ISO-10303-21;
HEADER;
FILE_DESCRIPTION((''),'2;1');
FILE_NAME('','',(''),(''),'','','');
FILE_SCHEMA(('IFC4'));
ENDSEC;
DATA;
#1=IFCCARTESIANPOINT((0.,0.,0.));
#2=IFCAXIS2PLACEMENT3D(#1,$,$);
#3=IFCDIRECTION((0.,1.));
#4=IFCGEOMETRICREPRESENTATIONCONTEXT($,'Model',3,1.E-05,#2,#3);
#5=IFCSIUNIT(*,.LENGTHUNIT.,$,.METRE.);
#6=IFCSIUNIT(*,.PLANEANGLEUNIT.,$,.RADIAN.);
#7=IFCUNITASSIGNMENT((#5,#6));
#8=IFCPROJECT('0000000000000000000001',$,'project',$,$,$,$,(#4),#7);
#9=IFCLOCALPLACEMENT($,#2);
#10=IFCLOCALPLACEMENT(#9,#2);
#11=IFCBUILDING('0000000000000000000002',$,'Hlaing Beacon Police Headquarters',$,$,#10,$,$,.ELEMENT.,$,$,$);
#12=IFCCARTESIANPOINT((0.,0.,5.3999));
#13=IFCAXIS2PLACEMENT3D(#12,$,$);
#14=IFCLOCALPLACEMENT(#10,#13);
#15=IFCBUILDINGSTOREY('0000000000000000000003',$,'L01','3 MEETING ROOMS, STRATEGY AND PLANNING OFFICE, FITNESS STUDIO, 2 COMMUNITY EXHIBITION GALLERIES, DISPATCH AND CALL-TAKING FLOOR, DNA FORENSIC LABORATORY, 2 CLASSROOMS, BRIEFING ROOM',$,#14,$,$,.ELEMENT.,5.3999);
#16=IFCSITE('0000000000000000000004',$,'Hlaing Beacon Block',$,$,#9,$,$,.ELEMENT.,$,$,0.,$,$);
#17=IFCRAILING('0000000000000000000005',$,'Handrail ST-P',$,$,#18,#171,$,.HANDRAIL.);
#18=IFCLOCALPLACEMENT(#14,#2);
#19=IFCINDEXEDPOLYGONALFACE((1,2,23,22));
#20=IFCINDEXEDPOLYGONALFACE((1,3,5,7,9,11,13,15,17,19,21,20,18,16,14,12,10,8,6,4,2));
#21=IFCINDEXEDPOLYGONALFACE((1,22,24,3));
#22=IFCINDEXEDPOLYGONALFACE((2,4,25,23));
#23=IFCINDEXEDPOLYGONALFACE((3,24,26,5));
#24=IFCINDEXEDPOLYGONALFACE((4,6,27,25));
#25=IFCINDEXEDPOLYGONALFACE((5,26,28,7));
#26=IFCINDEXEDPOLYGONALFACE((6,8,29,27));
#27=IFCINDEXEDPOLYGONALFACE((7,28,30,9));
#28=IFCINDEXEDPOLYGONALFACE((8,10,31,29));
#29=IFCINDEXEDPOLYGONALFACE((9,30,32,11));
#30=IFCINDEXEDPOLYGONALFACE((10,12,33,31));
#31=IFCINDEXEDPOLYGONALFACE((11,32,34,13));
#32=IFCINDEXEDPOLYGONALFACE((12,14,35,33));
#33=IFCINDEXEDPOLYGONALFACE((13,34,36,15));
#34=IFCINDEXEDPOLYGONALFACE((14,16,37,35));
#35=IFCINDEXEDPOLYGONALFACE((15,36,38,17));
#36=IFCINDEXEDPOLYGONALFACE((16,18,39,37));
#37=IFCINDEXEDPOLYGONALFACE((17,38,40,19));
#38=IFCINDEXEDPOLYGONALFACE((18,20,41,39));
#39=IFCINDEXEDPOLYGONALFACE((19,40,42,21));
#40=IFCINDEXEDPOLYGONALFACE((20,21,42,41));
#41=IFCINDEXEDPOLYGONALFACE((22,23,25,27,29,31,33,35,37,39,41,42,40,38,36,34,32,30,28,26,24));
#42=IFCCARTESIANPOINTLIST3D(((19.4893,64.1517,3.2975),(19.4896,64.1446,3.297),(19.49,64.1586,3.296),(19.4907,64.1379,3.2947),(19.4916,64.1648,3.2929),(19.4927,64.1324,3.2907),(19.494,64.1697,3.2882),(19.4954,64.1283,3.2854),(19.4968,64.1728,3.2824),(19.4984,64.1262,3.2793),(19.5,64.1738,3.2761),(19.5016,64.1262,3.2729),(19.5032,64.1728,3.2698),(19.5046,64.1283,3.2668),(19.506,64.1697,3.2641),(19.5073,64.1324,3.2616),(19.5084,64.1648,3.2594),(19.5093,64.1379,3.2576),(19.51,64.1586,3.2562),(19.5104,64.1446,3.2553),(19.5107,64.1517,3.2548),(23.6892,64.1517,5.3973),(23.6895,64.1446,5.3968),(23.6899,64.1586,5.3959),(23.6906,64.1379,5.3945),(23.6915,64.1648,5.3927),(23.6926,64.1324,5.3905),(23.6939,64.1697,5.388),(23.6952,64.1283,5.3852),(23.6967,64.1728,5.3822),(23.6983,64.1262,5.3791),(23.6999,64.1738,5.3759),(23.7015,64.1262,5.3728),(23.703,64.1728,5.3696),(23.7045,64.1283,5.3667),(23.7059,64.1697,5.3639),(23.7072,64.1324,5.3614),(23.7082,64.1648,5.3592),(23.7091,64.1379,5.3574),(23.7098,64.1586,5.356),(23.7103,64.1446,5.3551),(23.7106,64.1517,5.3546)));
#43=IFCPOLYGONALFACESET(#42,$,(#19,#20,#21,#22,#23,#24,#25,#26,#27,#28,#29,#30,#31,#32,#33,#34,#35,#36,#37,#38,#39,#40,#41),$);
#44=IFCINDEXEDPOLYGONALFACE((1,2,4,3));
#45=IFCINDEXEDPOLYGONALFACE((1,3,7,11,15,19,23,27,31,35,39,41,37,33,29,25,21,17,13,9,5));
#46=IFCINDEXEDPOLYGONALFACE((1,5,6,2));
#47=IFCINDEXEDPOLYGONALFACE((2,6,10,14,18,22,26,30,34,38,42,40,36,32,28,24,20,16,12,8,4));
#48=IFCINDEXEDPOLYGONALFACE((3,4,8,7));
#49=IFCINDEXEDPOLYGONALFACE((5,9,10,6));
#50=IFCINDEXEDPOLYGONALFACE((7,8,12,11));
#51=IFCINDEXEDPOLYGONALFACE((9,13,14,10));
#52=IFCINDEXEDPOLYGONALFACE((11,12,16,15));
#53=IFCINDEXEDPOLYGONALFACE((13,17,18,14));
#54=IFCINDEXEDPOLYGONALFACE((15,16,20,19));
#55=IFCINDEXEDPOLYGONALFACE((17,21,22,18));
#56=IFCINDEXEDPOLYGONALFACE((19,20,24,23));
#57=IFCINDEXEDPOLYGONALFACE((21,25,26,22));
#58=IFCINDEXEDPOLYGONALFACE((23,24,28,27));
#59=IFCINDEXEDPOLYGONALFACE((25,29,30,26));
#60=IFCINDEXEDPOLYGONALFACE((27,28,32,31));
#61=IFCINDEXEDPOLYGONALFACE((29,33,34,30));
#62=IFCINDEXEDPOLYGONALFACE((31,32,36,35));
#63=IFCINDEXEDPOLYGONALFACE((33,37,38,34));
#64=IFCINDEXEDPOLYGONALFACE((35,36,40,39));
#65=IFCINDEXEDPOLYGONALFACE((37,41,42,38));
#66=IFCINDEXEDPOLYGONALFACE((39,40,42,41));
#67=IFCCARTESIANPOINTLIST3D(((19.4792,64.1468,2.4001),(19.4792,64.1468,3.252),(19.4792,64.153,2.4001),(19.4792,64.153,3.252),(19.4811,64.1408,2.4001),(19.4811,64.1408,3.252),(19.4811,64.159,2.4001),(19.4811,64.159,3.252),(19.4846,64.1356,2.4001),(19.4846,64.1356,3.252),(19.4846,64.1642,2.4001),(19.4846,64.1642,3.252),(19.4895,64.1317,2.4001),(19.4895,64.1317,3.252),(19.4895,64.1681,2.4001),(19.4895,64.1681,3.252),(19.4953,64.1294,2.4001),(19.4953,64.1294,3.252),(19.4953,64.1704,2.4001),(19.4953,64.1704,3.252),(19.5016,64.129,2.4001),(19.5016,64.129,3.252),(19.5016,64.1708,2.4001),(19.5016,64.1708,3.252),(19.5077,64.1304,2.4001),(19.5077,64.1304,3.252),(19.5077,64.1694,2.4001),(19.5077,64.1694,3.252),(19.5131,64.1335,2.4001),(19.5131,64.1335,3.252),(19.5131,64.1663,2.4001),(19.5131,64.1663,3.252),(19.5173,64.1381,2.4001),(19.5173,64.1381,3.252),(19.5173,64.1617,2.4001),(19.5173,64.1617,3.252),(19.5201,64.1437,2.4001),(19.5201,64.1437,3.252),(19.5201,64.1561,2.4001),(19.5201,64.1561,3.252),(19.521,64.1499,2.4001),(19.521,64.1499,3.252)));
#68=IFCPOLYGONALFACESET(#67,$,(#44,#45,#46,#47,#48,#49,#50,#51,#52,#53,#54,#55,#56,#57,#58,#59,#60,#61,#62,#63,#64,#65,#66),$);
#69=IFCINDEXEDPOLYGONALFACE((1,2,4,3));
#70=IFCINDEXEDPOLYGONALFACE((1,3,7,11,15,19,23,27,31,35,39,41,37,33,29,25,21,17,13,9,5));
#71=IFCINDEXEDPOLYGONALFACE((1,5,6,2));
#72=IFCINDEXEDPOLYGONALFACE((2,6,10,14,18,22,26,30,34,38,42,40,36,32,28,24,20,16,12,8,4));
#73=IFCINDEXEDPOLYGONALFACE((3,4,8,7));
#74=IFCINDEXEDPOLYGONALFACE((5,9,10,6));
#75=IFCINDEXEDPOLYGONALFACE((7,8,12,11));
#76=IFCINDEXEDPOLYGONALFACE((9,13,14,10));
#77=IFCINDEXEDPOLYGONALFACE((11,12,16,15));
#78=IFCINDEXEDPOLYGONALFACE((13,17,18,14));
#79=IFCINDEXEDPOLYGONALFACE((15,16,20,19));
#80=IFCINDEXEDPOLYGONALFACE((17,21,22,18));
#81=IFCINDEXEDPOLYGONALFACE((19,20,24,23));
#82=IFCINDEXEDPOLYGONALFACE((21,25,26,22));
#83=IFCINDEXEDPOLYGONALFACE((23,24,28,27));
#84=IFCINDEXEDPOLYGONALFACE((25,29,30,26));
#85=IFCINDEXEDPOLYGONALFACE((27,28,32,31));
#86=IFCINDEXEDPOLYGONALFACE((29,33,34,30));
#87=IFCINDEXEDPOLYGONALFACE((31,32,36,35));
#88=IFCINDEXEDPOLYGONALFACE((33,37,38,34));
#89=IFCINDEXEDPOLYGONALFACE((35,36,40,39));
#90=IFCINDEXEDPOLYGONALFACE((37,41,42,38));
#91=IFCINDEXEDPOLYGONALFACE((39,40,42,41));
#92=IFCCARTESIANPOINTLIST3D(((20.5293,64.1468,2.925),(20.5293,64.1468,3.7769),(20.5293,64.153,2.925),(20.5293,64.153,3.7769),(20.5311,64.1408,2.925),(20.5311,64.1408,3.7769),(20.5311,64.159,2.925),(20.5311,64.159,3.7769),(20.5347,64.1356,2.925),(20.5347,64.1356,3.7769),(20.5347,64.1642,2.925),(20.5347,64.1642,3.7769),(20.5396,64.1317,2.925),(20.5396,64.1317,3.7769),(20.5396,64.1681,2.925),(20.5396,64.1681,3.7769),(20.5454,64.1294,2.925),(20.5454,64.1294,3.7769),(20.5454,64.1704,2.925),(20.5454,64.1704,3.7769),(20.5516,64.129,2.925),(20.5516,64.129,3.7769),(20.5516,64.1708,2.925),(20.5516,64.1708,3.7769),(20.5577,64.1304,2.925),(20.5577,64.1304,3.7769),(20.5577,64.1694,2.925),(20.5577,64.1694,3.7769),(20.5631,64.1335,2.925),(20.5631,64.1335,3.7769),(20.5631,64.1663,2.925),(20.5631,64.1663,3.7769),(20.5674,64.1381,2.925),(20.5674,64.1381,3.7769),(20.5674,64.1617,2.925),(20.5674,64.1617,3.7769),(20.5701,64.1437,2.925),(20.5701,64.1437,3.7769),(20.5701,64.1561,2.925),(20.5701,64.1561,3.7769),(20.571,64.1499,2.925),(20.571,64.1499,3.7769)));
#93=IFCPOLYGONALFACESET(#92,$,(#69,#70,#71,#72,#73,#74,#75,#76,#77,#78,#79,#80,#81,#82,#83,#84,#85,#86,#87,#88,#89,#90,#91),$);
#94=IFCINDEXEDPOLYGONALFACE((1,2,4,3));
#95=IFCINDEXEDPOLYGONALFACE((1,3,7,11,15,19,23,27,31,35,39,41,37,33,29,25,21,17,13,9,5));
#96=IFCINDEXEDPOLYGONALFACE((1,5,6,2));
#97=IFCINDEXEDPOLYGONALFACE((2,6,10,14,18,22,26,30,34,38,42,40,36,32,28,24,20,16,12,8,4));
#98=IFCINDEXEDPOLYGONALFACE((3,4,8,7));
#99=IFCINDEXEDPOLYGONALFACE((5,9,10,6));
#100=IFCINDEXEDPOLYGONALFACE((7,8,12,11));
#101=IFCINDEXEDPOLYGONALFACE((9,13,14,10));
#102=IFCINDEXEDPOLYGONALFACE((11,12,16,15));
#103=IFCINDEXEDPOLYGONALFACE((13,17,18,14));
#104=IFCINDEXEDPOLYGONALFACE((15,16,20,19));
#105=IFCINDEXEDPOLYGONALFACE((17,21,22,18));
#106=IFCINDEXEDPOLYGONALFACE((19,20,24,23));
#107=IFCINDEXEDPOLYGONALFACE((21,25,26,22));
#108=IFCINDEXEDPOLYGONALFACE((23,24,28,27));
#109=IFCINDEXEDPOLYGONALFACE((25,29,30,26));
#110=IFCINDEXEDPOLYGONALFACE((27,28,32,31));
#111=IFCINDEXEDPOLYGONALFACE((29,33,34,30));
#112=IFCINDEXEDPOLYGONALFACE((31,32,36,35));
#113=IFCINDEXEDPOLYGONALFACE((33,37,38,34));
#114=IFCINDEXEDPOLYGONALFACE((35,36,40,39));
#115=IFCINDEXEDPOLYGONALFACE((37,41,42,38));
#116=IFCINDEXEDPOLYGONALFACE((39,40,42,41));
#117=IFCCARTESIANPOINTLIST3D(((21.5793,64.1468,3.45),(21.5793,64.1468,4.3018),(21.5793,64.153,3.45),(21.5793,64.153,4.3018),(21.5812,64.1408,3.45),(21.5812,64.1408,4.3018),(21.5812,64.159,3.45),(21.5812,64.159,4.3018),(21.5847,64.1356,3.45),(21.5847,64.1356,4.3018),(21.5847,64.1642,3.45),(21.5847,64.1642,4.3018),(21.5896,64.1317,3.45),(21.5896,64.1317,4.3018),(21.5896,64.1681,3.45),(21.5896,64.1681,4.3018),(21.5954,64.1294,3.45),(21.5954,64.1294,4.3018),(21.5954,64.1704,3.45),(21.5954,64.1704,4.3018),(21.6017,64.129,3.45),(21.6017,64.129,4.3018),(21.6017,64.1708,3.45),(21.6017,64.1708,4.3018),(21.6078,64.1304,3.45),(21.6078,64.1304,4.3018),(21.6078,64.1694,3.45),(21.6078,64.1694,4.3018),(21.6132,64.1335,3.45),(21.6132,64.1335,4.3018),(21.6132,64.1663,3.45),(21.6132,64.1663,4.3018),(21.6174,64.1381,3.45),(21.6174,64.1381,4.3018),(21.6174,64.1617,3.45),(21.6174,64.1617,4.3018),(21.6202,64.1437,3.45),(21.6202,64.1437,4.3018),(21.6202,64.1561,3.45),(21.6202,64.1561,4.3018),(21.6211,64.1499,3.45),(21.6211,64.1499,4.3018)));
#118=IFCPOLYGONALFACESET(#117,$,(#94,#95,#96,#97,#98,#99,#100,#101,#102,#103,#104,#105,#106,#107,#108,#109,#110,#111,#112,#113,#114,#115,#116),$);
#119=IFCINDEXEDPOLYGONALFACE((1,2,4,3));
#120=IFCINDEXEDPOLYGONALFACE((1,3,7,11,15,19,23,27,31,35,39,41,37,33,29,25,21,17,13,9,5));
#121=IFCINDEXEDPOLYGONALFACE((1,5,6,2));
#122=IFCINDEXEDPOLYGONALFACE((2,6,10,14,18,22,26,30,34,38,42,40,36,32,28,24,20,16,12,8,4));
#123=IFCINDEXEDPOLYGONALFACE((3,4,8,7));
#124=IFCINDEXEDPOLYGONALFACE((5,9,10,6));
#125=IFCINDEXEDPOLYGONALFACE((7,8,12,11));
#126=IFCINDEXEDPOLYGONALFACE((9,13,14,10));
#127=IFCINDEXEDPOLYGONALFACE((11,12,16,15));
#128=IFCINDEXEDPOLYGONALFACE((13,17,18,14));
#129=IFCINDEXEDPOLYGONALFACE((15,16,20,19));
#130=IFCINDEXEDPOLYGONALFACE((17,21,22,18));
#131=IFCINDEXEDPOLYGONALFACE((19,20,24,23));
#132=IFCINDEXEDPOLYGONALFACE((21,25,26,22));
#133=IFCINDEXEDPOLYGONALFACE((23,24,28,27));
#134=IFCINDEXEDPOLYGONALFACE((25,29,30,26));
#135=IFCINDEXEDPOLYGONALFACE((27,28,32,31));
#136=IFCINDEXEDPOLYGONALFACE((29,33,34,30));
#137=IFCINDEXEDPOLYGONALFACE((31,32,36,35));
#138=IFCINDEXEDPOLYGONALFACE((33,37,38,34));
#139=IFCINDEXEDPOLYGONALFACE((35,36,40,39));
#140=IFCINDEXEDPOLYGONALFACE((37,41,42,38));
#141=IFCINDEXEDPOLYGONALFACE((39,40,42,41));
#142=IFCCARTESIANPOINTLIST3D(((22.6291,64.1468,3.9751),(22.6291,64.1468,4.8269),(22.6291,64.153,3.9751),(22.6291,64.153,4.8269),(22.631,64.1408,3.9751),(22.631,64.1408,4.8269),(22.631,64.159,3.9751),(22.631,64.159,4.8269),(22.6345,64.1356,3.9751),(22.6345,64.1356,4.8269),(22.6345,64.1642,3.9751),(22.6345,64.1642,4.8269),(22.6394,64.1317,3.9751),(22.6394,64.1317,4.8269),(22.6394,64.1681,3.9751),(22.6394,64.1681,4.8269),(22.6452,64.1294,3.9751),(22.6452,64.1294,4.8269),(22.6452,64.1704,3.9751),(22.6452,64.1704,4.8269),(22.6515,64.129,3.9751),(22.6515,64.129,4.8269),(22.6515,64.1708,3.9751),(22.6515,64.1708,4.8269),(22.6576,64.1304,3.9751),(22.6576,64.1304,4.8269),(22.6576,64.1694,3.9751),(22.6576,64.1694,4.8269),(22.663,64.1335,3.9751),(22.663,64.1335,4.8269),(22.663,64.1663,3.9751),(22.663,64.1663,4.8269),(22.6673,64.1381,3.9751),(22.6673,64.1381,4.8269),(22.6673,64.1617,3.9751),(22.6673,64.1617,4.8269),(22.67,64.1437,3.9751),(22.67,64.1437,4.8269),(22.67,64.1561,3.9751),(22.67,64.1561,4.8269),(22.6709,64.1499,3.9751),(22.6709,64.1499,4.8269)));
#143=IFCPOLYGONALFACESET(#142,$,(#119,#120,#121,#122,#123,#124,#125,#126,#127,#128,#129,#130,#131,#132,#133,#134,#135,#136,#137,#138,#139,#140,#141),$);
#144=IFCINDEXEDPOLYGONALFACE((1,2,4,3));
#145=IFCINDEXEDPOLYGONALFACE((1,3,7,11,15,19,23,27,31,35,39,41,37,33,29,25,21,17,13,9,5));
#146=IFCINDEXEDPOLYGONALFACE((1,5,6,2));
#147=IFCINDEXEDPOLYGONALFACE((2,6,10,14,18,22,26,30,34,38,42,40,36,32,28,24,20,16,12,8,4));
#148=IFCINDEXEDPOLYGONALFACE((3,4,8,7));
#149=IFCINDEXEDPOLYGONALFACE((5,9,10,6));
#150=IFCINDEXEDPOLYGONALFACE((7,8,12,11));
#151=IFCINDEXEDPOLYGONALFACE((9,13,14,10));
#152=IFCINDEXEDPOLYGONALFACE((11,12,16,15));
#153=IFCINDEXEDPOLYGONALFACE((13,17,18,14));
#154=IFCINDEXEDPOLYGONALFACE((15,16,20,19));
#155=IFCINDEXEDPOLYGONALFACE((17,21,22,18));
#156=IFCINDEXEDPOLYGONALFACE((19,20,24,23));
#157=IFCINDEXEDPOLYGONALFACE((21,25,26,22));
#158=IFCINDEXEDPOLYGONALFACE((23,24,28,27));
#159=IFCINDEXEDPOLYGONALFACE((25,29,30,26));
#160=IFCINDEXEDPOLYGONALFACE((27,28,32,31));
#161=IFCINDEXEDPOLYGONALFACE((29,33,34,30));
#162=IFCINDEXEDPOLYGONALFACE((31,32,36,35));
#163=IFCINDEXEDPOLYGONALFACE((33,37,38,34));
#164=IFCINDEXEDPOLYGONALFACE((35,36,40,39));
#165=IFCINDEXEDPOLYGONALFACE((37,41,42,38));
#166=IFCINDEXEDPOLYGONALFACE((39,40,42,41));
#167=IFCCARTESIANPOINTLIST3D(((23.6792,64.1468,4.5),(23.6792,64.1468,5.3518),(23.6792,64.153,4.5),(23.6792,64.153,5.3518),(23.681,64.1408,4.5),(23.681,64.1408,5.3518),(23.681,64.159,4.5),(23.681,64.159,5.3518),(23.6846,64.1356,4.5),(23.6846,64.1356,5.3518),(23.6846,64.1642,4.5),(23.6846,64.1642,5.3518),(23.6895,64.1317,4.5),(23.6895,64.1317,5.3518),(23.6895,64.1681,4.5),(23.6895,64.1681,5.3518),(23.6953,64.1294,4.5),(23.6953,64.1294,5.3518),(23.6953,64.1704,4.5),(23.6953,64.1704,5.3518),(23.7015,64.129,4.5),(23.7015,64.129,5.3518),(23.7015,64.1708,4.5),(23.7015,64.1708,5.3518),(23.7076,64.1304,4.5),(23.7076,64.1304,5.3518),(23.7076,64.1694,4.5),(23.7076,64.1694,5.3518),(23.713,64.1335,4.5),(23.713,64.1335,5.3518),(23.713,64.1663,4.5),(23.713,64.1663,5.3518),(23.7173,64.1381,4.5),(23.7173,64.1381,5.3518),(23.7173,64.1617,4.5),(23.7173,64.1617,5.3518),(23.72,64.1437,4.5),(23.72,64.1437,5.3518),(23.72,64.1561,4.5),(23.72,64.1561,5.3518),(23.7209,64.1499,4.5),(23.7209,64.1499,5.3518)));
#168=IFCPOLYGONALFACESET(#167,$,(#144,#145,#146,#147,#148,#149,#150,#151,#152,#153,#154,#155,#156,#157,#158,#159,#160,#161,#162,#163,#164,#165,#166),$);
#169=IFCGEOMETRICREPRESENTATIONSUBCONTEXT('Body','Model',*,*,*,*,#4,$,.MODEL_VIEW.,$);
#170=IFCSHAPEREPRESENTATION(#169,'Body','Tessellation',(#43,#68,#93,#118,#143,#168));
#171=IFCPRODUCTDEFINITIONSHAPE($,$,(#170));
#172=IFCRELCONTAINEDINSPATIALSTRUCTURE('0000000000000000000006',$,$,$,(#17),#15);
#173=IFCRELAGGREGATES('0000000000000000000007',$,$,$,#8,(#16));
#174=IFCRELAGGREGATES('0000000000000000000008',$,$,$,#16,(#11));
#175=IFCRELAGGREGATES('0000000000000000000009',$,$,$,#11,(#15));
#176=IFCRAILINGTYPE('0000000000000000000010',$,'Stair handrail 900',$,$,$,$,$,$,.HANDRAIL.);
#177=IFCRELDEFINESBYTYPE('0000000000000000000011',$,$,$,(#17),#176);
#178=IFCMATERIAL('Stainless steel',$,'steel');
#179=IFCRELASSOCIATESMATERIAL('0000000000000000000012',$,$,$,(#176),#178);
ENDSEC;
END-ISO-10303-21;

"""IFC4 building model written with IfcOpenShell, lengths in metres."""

from ifc_helpers import new_model, si_unit, direction, frame, origin, origin_2d, place, context, subcontext, project, spatial, circle, extrude, material, type_object, element, save


model = new_model("IFC4")

# Units and contexts
model_context = context("Model", 3, precision=1e-05, world=origin(), true_north=direction((0.0, 1.0)))
body_context = subcontext(model_context, "Body", "Model", "MODEL_VIEW")
ifc_project = project(units=[si_unit("LENGTHUNIT", "METRE"), si_unit("PLANEANGLEUNIT", "RADIAN")], contexts=[model_context])

# Site, building, storey
site_placement = place(None, origin())
site = spatial("IfcSite", under=ifc_project, at=site_placement, Name="Hlaing Beacon Block", CompositionType="ELEMENT", RefElevation=0.0)
building_placement = place(site_placement, origin())
building = spatial("IfcBuilding", under=site, at=building_placement, Name="Hlaing Beacon Police Headquarters", CompositionType="ELEMENT")
storey_placement = place(building_placement, frame((0.0, 0.0, 5.3999)))
storey = spatial("IfcBuildingStorey", under=building, at=storey_placement, Name="L01", Description="3 MEETING ROOMS, STRATEGY AND PLANNING OFFICE, FITNESS STUDIO, 2 COMMUNITY EXHIBITION GALLERIES, DISPATCH AND CALL-TAKING FLOOR, DNA FORENSIC LABORATORY, 2 CLASSROOMS, BRIEFING ROOM", CompositionType="ELEMENT", Elevation=5.3999)

# Railing
ifc_material_1 = material(Name="Stainless steel", Category="steel")
railing_type = type_object("IfcRailingType", Name="Stair handrail 900", PredefinedType="HANDRAIL", material=ifc_material_1)
for number, where, name in (
    (1, (19.5, 64.1499, 2.4001), "Handrail ST-P"),
):
    element("IfcRailing", number, at=place(storey_placement, frame(where)), inside=storey, type_object=railing_type, Name=name, PredefinedType="HANDRAIL", context=body_context, shape_type="SweptSolid", body=[
        extrude(circle(Radius=0.0239, at=origin_2d()), frame((0.0, 0.0, 0.876), z_axis=(0.894438, 0.0, 0.447193), x_axis=(0.0, 1.0, 0.0)), (0.0, 0.0, 1.0), 4.6956),
        extrude(circle(Radius=0.021, at=origin_2d()), origin(), (0.0, 0.0, 1.0), 0.8518),
        extrude(circle(Radius=0.021, at=origin_2d()), frame((1.05, 0.0, 0.5249)), (0.0, 0.0, 1.0), 0.8518),
        extrude(circle(Radius=0.021, at=origin_2d()), frame((2.1001, 0.0, 1.0498)), (0.0, 0.0, 1.0), 0.8518),
        extrude(circle(Radius=0.021, at=origin_2d()), frame((3.1499, 0.0, 1.575)), (0.0, 0.0, 1.0), 0.8518),
        extrude(circle(Radius=0.021, at=origin_2d()), frame((4.2, 0.0, 2.0999)), (0.0, 0.0, 1.0), 0.8518),
    ])

save(model, "model.ifc")
